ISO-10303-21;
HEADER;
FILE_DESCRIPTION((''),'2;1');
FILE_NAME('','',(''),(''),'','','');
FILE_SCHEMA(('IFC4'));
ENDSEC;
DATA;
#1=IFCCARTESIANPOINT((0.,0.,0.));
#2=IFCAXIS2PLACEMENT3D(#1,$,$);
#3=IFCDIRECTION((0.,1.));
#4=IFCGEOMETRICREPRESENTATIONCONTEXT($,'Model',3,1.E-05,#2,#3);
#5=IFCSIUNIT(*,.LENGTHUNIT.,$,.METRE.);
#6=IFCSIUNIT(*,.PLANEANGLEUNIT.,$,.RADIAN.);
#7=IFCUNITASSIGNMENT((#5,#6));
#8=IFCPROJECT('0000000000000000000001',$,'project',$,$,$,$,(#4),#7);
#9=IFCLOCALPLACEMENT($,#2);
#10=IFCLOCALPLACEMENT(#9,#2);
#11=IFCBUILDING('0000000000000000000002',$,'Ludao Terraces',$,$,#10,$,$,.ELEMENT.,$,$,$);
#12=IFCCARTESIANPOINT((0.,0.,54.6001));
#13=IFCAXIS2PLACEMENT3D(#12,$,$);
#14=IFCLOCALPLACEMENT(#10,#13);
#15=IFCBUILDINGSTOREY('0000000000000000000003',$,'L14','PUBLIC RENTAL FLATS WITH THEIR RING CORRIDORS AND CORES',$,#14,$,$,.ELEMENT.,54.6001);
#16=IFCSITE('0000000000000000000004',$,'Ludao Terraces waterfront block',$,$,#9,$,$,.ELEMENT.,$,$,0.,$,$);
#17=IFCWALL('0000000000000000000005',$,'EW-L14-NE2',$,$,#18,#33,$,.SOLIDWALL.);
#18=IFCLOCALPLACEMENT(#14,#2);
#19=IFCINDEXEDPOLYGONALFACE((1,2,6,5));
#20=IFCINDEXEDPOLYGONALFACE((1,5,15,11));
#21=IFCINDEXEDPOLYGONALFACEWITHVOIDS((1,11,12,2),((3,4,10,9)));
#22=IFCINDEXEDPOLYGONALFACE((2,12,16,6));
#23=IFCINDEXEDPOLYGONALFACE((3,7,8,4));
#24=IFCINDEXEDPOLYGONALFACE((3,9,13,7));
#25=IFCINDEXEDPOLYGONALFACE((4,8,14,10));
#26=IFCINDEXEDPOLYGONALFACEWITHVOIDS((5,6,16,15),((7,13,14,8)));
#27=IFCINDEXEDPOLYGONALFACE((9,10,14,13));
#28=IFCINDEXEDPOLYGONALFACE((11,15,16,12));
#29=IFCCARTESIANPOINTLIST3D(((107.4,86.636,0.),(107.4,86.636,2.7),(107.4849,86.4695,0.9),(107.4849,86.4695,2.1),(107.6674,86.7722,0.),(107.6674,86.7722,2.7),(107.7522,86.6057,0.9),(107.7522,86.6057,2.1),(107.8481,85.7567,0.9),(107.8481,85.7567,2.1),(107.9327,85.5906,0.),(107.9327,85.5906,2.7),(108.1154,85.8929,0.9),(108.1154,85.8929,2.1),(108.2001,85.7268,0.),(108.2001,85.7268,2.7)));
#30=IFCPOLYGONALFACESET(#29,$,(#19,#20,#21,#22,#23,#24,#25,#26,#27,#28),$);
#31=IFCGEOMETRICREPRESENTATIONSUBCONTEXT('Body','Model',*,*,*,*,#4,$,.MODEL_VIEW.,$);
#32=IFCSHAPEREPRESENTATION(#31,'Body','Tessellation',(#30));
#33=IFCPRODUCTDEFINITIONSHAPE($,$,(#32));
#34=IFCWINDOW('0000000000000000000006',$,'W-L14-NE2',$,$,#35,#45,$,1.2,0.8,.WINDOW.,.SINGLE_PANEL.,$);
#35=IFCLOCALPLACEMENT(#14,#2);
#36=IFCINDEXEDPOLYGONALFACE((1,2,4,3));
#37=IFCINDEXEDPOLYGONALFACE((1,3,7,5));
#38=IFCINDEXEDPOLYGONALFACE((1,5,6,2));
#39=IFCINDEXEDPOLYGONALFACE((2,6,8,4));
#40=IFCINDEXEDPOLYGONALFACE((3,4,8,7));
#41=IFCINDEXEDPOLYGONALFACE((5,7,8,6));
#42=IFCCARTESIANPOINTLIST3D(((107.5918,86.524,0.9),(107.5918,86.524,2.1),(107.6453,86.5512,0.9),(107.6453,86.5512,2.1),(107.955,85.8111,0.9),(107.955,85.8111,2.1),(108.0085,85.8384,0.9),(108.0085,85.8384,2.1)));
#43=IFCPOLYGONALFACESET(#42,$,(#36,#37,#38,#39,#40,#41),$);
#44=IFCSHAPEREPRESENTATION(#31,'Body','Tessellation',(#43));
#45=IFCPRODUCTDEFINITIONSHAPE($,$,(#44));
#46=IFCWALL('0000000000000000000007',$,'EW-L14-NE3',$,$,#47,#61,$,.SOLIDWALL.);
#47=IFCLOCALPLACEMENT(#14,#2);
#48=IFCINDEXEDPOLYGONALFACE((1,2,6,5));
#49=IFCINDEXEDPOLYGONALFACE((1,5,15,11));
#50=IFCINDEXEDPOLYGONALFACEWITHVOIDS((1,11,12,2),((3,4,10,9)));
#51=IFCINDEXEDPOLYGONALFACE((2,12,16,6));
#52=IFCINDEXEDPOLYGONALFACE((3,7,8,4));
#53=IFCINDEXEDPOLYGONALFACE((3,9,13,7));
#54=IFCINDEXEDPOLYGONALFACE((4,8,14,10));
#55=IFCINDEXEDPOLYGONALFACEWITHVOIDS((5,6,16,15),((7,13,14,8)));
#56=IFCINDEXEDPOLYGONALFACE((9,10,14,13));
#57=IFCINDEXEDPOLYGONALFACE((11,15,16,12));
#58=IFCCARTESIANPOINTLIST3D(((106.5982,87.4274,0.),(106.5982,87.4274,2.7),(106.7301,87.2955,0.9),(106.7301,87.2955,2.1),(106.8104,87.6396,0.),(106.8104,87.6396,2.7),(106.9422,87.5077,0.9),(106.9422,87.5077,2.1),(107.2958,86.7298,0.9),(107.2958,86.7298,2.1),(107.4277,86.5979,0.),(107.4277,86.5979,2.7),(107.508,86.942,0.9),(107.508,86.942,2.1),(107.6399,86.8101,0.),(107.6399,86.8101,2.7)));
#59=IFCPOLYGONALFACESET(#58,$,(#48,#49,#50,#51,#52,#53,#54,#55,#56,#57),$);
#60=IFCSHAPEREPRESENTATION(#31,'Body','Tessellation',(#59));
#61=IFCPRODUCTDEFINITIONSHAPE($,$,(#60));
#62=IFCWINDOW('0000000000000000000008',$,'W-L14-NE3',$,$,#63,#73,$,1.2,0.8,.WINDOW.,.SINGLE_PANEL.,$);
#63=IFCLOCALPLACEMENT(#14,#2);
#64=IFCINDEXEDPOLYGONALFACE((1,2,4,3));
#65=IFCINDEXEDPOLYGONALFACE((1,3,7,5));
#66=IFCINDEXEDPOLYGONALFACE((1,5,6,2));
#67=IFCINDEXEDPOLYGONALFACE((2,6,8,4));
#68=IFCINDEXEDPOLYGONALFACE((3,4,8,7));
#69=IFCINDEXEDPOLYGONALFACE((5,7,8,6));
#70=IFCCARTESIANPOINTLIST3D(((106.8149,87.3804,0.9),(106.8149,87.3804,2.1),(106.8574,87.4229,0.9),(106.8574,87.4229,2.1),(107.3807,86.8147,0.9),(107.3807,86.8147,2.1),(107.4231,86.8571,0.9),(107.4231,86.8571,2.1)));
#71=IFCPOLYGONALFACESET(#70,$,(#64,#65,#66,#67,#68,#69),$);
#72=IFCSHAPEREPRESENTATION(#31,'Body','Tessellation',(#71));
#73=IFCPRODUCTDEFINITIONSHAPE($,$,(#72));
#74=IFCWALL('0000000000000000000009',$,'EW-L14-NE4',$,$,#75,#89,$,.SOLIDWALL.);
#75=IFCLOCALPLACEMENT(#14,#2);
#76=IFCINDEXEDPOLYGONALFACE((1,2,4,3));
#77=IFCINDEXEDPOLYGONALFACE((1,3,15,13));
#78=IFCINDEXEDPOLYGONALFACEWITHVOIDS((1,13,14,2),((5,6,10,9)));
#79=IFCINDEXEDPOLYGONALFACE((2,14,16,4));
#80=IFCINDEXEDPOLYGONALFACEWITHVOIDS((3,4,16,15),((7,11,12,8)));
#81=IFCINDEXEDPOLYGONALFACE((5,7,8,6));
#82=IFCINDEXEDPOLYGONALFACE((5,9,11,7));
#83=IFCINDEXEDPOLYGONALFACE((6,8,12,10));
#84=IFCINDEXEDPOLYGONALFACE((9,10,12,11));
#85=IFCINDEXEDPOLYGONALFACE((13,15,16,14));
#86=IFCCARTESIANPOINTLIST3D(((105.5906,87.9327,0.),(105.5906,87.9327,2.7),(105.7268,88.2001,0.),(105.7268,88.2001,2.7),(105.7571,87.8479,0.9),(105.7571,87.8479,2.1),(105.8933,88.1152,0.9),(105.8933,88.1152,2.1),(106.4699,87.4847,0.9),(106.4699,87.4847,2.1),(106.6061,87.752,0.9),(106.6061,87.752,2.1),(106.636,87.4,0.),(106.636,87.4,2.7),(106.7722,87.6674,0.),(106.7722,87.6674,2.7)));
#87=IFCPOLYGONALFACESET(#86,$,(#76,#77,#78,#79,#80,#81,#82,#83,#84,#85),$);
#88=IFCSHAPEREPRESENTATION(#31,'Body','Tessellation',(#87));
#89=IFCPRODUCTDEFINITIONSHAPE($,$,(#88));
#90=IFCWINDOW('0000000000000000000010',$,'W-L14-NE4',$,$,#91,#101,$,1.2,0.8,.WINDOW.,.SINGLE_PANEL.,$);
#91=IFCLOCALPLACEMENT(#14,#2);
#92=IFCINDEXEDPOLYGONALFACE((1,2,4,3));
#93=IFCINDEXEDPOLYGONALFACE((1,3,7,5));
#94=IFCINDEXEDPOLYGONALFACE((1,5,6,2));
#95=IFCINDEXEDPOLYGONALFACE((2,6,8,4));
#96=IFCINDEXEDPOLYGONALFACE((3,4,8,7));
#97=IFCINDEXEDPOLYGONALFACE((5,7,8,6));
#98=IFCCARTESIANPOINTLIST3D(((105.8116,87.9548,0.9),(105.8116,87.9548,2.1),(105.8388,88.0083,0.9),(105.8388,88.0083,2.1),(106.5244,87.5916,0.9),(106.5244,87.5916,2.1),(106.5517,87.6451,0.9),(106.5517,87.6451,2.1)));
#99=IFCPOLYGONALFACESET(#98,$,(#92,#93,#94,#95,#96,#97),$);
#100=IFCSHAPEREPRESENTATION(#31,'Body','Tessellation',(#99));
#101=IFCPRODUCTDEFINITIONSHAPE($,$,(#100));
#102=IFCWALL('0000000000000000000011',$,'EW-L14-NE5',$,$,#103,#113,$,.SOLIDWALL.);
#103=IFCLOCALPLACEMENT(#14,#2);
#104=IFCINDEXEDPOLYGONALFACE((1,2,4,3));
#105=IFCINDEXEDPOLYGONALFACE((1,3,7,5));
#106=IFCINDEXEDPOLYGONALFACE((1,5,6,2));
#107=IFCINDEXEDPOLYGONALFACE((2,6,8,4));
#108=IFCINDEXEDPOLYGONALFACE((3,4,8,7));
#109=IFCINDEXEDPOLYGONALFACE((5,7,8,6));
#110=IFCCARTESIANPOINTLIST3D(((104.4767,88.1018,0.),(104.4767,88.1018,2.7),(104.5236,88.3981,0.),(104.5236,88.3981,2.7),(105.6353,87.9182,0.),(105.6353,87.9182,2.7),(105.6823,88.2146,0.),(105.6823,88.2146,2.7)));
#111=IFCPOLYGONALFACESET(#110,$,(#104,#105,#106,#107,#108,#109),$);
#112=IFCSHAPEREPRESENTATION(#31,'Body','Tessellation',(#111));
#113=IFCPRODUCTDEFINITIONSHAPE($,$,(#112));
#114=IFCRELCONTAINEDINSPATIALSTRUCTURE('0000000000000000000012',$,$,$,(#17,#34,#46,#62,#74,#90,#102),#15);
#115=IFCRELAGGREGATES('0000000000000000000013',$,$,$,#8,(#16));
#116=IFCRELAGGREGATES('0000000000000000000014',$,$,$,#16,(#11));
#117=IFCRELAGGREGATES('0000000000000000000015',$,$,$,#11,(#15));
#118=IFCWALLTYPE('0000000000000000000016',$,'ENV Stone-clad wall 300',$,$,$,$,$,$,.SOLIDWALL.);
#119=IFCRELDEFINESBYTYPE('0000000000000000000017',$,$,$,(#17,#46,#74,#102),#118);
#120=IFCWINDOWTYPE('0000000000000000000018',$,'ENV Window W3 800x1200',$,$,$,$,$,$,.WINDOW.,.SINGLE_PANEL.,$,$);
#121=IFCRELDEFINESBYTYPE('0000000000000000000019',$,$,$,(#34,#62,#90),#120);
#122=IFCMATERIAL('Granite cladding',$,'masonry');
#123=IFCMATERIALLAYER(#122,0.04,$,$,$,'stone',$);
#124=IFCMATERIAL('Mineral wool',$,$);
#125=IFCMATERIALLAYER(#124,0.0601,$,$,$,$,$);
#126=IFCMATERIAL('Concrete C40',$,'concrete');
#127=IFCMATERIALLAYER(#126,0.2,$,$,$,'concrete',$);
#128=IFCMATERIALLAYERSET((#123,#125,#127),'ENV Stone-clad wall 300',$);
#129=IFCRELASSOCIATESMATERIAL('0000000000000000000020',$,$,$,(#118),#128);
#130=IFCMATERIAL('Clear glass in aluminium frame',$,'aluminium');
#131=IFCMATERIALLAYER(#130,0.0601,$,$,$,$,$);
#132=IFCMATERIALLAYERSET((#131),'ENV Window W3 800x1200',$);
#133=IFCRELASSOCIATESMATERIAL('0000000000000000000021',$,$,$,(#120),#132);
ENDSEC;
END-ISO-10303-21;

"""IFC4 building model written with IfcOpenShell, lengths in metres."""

from ifc_helpers import new_model, si_unit, direction, frame, frame_2d, origin, place, context, subcontext, project, spatial, rectangle, extrude, material, layer, layer_set, type_object, element, fill, save


model = new_model("IFC4")

# Units and contexts
model_context = context("Model", 3, precision=1e-05, world=origin(), true_north=direction((0.0, 1.0)))
body_context = subcontext(model_context, "Body", "Model", "MODEL_VIEW")
ifc_project = project(units=[si_unit("LENGTHUNIT", "METRE"), si_unit("PLANEANGLEUNIT", "RADIAN")], contexts=[model_context])

# Site, building, storey
site_placement = place(None, origin())
site = spatial("IfcSite", under=ifc_project, at=site_placement, Name="Ludao Terraces waterfront block", CompositionType="ELEMENT", RefElevation=0.0)
building_placement = place(site_placement, origin())
building = spatial("IfcBuilding", under=site, at=building_placement, Name="Ludao Terraces", CompositionType="ELEMENT")
storey_placement = place(building_placement, frame((0.0, 0.0, 54.6001)))
storey = spatial("IfcBuildingStorey", under=building, at=storey_placement, Name="L14", Description="PUBLIC RENTAL FLATS WITH THEIR RING CORRIDORS AND CORES", CompositionType="ELEMENT", Elevation=54.6001)

# Shared definitions
ifc_material_1 = material(Name="Concrete C40", Category="concrete")

# Shared definitions
ifc_material_2 = material(Name="Granite cladding", Category="masonry")
ifc_layer_1 = layer(ifc_material_2, 0.04, Category="stone")
ifc_material_3 = material(Name="Mineral wool")
ifc_layer_2 = layer(ifc_material_3, 0.0601)
ifc_layer_3 = layer(ifc_material_1, 0.2, Category="concrete")
ifc_layer_set_1 = layer_set([ifc_layer_1, ifc_layer_2, ifc_layer_3], Name="ENV Stone-clad wall 300")
wall_type = type_object("IfcWallType", Name="ENV Stone-clad wall 300", PredefinedType="SOLIDWALL", material=ifc_layer_set_1)
ifc_material_4 = material(Name="Clear glass in aluminium frame", Category="aluminium")

# Walls, openings, windows
wall_1_placement = place(storey_placement, frame((108.0664, 85.6587, 0.0), z_axis=(0.0, 0.0, 1.0), x_axis=(-0.454026, 0.890989, 0.0)))
wall_1 = element("IfcWall", 1, at=wall_1_placement, inside=storey, type_object=wall_type, Name="EW-L14-NE2", PredefinedType="SOLIDWALL", context=body_context, shape_type="SweptSolid", body=[
    extrude(rectangle(XDim=1.1733, YDim=0.3, at=frame_2d((0.5867, 0.0))), origin(), (0.0, 0.0, 1.0), 2.7),
])
opening_1_placement = place(wall_1_placement, frame((0.1865, 0.0, 0.8999)))
opening_1 = element("IfcOpeningElement", 2, at=opening_1_placement, cuts=wall_1, PredefinedType="OPENING", context=body_context, shape_type="SweptSolid", body=[
    extrude(rectangle(XDim=0.8, YDim=1.2, at=frame_2d((0.3999, 0.6001))), frame((0.0, 0.1602, 0.0), z_axis=(0.0, -1.0, 0.0), x_axis=(1.0, 0.0, 0.0)), (0.0, 0.0, 1.0), 0.3201),
])
ifc_layer_4 = layer(ifc_material_4, 0.0601)
ifc_layer_set_2 = layer_set([ifc_layer_4], Name="ENV Window W3 800x1200")
window_type_1 = type_object("IfcWindowType", Name="ENV Window W3 800x1200", PartitioningType="SINGLE_PANEL", PredefinedType="WINDOW", material=ifc_layer_set_2)
window_1_placement = place(opening_1_placement, origin())
window_1 = element("IfcWindow", 3, at=window_1_placement, inside=storey, type_object=window_type_1, Name="W-L14-NE2", OverallHeight=1.2, OverallWidth=0.8, PartitioningType="SINGLE_PANEL", PredefinedType="WINDOW", context=body_context, shape_type="SweptSolid", body=[
    extrude(rectangle(XDim=0.8, YDim=1.2, at=frame_2d((0.3999, 0.6001))), frame((0.0, 0.03, 0.0), z_axis=(0.0, -1.0, 0.0), x_axis=(1.0, 0.0, 0.0)), (0.0, 0.0, 1.0), 0.0601),
])
fill(opening_1, window_1)
wall_2_placement = place(storey_placement, frame((107.5337, 86.7041, 0.0), z_axis=(0.0, 0.0, 1.0), x_axis=(-0.707107, 0.707107, 0.0)))
wall_2 = element("IfcWall", 4, at=wall_2_placement, inside=storey, type_object=wall_type, Name="EW-L14-NE3", PredefinedType="SOLIDWALL", context=body_context, shape_type="SweptSolid", body=[
    extrude(rectangle(XDim=1.1731, YDim=0.3, at=frame_2d((0.5864, 0.0))), origin(), (0.0, 0.0, 1.0), 2.7),
])
opening_2_placement = place(wall_2_placement, frame((0.1865, 0.0, 0.8999)))
opening_2 = element("IfcOpeningElement", 5, at=opening_2_placement, cuts=wall_2, PredefinedType="OPENING", context=body_context, shape_type="SweptSolid", body=[
    extrude(rectangle(XDim=0.8, YDim=1.2, at=frame_2d((0.3999, 0.6001))), frame((0.0, 0.1602, 0.0), z_axis=(0.0, -1.0, 0.0), x_axis=(1.0, 0.0, 0.0)), (0.0, 0.0, 1.0), 0.3201),
])
window_2_placement = place(opening_2_placement, origin())
window_2 = element("IfcWindow", 6, at=window_2_placement, inside=storey, type_object=window_type_1, Name="W-L14-NE3", OverallHeight=1.2, OverallWidth=0.8, PartitioningType="SINGLE_PANEL", PredefinedType="WINDOW", context=body_context, shape_type="SweptSolid", body=[
    extrude(rectangle(XDim=0.8, YDim=1.2, at=frame_2d((0.3999, 0.6001))), frame((0.0, 0.03, 0.0), z_axis=(0.0, -1.0, 0.0), x_axis=(1.0, 0.0, 0.0)), (0.0, 0.0, 1.0), 0.0601),
])
fill(opening_2, window_2)
wall_3_placement = place(storey_placement, frame((106.7041, 87.5337, 0.0), z_axis=(0.0, 0.0, 1.0), x_axis=(-0.890989, 0.454026, 0.0)))
wall_3 = element("IfcWall", 7, at=wall_3_placement, inside=storey, type_object=wall_type, Name="EW-L14-NE4", PredefinedType="SOLIDWALL", context=body_context, shape_type="SweptSolid", body=[
    extrude(rectangle(XDim=1.1733, YDim=0.3, at=frame_2d((0.5867, 0.0))), origin(), (0.0, 0.0, 1.0), 2.7),
])
opening_3_placement = place(wall_3_placement, frame((0.1865, 0.0, 0.8999)))
opening_3 = element("IfcOpeningElement", 8, at=opening_3_placement, cuts=wall_3, PredefinedType="OPENING", context=body_context, shape_type="SweptSolid", body=[
    extrude(rectangle(XDim=0.8, YDim=1.2, at=frame_2d((0.3999, 0.6001))), frame((0.0, 0.1602, 0.0), z_axis=(0.0, -1.0, 0.0), x_axis=(1.0, 0.0, 0.0)), (0.0, 0.0, 1.0), 0.3201),
])
window_3_placement = place(opening_3_placement, origin())
window_3 = element("IfcWindow", 9, at=window_3_placement, inside=storey, type_object=window_type_1, Name="W-L14-NE4", OverallHeight=1.2, OverallWidth=0.8, PartitioningType="SINGLE_PANEL", PredefinedType="WINDOW", context=body_context, shape_type="SweptSolid", body=[
    extrude(rectangle(XDim=0.8, YDim=1.2, at=frame_2d((0.3999, 0.6001))), frame((0.0, 0.03, 0.0), z_axis=(0.0, -1.0, 0.0), x_axis=(1.0, 0.0, 0.0)), (0.0, 0.0, 1.0), 0.0601),
])
fill(opening_3, window_3)

# Wall
wall_4_placement = place(storey_placement, frame((105.6587, 88.0664, 0.0), z_axis=(0.0, 0.0, 1.0), x_axis=(-0.987678, 0.156497, 0.0)))
element("IfcWall", 10, at=wall_4_placement, inside=storey, type_object=wall_type, Name="EW-L14-NE5", PredefinedType="SOLIDWALL", context=body_context, shape_type="SweptSolid", body=[
    extrude(rectangle(XDim=1.1731, YDim=0.3, at=frame_2d((0.5864, 0.0))), origin(), (0.0, 0.0, 1.0), 2.7),
])

save(model, "model.ifc")
